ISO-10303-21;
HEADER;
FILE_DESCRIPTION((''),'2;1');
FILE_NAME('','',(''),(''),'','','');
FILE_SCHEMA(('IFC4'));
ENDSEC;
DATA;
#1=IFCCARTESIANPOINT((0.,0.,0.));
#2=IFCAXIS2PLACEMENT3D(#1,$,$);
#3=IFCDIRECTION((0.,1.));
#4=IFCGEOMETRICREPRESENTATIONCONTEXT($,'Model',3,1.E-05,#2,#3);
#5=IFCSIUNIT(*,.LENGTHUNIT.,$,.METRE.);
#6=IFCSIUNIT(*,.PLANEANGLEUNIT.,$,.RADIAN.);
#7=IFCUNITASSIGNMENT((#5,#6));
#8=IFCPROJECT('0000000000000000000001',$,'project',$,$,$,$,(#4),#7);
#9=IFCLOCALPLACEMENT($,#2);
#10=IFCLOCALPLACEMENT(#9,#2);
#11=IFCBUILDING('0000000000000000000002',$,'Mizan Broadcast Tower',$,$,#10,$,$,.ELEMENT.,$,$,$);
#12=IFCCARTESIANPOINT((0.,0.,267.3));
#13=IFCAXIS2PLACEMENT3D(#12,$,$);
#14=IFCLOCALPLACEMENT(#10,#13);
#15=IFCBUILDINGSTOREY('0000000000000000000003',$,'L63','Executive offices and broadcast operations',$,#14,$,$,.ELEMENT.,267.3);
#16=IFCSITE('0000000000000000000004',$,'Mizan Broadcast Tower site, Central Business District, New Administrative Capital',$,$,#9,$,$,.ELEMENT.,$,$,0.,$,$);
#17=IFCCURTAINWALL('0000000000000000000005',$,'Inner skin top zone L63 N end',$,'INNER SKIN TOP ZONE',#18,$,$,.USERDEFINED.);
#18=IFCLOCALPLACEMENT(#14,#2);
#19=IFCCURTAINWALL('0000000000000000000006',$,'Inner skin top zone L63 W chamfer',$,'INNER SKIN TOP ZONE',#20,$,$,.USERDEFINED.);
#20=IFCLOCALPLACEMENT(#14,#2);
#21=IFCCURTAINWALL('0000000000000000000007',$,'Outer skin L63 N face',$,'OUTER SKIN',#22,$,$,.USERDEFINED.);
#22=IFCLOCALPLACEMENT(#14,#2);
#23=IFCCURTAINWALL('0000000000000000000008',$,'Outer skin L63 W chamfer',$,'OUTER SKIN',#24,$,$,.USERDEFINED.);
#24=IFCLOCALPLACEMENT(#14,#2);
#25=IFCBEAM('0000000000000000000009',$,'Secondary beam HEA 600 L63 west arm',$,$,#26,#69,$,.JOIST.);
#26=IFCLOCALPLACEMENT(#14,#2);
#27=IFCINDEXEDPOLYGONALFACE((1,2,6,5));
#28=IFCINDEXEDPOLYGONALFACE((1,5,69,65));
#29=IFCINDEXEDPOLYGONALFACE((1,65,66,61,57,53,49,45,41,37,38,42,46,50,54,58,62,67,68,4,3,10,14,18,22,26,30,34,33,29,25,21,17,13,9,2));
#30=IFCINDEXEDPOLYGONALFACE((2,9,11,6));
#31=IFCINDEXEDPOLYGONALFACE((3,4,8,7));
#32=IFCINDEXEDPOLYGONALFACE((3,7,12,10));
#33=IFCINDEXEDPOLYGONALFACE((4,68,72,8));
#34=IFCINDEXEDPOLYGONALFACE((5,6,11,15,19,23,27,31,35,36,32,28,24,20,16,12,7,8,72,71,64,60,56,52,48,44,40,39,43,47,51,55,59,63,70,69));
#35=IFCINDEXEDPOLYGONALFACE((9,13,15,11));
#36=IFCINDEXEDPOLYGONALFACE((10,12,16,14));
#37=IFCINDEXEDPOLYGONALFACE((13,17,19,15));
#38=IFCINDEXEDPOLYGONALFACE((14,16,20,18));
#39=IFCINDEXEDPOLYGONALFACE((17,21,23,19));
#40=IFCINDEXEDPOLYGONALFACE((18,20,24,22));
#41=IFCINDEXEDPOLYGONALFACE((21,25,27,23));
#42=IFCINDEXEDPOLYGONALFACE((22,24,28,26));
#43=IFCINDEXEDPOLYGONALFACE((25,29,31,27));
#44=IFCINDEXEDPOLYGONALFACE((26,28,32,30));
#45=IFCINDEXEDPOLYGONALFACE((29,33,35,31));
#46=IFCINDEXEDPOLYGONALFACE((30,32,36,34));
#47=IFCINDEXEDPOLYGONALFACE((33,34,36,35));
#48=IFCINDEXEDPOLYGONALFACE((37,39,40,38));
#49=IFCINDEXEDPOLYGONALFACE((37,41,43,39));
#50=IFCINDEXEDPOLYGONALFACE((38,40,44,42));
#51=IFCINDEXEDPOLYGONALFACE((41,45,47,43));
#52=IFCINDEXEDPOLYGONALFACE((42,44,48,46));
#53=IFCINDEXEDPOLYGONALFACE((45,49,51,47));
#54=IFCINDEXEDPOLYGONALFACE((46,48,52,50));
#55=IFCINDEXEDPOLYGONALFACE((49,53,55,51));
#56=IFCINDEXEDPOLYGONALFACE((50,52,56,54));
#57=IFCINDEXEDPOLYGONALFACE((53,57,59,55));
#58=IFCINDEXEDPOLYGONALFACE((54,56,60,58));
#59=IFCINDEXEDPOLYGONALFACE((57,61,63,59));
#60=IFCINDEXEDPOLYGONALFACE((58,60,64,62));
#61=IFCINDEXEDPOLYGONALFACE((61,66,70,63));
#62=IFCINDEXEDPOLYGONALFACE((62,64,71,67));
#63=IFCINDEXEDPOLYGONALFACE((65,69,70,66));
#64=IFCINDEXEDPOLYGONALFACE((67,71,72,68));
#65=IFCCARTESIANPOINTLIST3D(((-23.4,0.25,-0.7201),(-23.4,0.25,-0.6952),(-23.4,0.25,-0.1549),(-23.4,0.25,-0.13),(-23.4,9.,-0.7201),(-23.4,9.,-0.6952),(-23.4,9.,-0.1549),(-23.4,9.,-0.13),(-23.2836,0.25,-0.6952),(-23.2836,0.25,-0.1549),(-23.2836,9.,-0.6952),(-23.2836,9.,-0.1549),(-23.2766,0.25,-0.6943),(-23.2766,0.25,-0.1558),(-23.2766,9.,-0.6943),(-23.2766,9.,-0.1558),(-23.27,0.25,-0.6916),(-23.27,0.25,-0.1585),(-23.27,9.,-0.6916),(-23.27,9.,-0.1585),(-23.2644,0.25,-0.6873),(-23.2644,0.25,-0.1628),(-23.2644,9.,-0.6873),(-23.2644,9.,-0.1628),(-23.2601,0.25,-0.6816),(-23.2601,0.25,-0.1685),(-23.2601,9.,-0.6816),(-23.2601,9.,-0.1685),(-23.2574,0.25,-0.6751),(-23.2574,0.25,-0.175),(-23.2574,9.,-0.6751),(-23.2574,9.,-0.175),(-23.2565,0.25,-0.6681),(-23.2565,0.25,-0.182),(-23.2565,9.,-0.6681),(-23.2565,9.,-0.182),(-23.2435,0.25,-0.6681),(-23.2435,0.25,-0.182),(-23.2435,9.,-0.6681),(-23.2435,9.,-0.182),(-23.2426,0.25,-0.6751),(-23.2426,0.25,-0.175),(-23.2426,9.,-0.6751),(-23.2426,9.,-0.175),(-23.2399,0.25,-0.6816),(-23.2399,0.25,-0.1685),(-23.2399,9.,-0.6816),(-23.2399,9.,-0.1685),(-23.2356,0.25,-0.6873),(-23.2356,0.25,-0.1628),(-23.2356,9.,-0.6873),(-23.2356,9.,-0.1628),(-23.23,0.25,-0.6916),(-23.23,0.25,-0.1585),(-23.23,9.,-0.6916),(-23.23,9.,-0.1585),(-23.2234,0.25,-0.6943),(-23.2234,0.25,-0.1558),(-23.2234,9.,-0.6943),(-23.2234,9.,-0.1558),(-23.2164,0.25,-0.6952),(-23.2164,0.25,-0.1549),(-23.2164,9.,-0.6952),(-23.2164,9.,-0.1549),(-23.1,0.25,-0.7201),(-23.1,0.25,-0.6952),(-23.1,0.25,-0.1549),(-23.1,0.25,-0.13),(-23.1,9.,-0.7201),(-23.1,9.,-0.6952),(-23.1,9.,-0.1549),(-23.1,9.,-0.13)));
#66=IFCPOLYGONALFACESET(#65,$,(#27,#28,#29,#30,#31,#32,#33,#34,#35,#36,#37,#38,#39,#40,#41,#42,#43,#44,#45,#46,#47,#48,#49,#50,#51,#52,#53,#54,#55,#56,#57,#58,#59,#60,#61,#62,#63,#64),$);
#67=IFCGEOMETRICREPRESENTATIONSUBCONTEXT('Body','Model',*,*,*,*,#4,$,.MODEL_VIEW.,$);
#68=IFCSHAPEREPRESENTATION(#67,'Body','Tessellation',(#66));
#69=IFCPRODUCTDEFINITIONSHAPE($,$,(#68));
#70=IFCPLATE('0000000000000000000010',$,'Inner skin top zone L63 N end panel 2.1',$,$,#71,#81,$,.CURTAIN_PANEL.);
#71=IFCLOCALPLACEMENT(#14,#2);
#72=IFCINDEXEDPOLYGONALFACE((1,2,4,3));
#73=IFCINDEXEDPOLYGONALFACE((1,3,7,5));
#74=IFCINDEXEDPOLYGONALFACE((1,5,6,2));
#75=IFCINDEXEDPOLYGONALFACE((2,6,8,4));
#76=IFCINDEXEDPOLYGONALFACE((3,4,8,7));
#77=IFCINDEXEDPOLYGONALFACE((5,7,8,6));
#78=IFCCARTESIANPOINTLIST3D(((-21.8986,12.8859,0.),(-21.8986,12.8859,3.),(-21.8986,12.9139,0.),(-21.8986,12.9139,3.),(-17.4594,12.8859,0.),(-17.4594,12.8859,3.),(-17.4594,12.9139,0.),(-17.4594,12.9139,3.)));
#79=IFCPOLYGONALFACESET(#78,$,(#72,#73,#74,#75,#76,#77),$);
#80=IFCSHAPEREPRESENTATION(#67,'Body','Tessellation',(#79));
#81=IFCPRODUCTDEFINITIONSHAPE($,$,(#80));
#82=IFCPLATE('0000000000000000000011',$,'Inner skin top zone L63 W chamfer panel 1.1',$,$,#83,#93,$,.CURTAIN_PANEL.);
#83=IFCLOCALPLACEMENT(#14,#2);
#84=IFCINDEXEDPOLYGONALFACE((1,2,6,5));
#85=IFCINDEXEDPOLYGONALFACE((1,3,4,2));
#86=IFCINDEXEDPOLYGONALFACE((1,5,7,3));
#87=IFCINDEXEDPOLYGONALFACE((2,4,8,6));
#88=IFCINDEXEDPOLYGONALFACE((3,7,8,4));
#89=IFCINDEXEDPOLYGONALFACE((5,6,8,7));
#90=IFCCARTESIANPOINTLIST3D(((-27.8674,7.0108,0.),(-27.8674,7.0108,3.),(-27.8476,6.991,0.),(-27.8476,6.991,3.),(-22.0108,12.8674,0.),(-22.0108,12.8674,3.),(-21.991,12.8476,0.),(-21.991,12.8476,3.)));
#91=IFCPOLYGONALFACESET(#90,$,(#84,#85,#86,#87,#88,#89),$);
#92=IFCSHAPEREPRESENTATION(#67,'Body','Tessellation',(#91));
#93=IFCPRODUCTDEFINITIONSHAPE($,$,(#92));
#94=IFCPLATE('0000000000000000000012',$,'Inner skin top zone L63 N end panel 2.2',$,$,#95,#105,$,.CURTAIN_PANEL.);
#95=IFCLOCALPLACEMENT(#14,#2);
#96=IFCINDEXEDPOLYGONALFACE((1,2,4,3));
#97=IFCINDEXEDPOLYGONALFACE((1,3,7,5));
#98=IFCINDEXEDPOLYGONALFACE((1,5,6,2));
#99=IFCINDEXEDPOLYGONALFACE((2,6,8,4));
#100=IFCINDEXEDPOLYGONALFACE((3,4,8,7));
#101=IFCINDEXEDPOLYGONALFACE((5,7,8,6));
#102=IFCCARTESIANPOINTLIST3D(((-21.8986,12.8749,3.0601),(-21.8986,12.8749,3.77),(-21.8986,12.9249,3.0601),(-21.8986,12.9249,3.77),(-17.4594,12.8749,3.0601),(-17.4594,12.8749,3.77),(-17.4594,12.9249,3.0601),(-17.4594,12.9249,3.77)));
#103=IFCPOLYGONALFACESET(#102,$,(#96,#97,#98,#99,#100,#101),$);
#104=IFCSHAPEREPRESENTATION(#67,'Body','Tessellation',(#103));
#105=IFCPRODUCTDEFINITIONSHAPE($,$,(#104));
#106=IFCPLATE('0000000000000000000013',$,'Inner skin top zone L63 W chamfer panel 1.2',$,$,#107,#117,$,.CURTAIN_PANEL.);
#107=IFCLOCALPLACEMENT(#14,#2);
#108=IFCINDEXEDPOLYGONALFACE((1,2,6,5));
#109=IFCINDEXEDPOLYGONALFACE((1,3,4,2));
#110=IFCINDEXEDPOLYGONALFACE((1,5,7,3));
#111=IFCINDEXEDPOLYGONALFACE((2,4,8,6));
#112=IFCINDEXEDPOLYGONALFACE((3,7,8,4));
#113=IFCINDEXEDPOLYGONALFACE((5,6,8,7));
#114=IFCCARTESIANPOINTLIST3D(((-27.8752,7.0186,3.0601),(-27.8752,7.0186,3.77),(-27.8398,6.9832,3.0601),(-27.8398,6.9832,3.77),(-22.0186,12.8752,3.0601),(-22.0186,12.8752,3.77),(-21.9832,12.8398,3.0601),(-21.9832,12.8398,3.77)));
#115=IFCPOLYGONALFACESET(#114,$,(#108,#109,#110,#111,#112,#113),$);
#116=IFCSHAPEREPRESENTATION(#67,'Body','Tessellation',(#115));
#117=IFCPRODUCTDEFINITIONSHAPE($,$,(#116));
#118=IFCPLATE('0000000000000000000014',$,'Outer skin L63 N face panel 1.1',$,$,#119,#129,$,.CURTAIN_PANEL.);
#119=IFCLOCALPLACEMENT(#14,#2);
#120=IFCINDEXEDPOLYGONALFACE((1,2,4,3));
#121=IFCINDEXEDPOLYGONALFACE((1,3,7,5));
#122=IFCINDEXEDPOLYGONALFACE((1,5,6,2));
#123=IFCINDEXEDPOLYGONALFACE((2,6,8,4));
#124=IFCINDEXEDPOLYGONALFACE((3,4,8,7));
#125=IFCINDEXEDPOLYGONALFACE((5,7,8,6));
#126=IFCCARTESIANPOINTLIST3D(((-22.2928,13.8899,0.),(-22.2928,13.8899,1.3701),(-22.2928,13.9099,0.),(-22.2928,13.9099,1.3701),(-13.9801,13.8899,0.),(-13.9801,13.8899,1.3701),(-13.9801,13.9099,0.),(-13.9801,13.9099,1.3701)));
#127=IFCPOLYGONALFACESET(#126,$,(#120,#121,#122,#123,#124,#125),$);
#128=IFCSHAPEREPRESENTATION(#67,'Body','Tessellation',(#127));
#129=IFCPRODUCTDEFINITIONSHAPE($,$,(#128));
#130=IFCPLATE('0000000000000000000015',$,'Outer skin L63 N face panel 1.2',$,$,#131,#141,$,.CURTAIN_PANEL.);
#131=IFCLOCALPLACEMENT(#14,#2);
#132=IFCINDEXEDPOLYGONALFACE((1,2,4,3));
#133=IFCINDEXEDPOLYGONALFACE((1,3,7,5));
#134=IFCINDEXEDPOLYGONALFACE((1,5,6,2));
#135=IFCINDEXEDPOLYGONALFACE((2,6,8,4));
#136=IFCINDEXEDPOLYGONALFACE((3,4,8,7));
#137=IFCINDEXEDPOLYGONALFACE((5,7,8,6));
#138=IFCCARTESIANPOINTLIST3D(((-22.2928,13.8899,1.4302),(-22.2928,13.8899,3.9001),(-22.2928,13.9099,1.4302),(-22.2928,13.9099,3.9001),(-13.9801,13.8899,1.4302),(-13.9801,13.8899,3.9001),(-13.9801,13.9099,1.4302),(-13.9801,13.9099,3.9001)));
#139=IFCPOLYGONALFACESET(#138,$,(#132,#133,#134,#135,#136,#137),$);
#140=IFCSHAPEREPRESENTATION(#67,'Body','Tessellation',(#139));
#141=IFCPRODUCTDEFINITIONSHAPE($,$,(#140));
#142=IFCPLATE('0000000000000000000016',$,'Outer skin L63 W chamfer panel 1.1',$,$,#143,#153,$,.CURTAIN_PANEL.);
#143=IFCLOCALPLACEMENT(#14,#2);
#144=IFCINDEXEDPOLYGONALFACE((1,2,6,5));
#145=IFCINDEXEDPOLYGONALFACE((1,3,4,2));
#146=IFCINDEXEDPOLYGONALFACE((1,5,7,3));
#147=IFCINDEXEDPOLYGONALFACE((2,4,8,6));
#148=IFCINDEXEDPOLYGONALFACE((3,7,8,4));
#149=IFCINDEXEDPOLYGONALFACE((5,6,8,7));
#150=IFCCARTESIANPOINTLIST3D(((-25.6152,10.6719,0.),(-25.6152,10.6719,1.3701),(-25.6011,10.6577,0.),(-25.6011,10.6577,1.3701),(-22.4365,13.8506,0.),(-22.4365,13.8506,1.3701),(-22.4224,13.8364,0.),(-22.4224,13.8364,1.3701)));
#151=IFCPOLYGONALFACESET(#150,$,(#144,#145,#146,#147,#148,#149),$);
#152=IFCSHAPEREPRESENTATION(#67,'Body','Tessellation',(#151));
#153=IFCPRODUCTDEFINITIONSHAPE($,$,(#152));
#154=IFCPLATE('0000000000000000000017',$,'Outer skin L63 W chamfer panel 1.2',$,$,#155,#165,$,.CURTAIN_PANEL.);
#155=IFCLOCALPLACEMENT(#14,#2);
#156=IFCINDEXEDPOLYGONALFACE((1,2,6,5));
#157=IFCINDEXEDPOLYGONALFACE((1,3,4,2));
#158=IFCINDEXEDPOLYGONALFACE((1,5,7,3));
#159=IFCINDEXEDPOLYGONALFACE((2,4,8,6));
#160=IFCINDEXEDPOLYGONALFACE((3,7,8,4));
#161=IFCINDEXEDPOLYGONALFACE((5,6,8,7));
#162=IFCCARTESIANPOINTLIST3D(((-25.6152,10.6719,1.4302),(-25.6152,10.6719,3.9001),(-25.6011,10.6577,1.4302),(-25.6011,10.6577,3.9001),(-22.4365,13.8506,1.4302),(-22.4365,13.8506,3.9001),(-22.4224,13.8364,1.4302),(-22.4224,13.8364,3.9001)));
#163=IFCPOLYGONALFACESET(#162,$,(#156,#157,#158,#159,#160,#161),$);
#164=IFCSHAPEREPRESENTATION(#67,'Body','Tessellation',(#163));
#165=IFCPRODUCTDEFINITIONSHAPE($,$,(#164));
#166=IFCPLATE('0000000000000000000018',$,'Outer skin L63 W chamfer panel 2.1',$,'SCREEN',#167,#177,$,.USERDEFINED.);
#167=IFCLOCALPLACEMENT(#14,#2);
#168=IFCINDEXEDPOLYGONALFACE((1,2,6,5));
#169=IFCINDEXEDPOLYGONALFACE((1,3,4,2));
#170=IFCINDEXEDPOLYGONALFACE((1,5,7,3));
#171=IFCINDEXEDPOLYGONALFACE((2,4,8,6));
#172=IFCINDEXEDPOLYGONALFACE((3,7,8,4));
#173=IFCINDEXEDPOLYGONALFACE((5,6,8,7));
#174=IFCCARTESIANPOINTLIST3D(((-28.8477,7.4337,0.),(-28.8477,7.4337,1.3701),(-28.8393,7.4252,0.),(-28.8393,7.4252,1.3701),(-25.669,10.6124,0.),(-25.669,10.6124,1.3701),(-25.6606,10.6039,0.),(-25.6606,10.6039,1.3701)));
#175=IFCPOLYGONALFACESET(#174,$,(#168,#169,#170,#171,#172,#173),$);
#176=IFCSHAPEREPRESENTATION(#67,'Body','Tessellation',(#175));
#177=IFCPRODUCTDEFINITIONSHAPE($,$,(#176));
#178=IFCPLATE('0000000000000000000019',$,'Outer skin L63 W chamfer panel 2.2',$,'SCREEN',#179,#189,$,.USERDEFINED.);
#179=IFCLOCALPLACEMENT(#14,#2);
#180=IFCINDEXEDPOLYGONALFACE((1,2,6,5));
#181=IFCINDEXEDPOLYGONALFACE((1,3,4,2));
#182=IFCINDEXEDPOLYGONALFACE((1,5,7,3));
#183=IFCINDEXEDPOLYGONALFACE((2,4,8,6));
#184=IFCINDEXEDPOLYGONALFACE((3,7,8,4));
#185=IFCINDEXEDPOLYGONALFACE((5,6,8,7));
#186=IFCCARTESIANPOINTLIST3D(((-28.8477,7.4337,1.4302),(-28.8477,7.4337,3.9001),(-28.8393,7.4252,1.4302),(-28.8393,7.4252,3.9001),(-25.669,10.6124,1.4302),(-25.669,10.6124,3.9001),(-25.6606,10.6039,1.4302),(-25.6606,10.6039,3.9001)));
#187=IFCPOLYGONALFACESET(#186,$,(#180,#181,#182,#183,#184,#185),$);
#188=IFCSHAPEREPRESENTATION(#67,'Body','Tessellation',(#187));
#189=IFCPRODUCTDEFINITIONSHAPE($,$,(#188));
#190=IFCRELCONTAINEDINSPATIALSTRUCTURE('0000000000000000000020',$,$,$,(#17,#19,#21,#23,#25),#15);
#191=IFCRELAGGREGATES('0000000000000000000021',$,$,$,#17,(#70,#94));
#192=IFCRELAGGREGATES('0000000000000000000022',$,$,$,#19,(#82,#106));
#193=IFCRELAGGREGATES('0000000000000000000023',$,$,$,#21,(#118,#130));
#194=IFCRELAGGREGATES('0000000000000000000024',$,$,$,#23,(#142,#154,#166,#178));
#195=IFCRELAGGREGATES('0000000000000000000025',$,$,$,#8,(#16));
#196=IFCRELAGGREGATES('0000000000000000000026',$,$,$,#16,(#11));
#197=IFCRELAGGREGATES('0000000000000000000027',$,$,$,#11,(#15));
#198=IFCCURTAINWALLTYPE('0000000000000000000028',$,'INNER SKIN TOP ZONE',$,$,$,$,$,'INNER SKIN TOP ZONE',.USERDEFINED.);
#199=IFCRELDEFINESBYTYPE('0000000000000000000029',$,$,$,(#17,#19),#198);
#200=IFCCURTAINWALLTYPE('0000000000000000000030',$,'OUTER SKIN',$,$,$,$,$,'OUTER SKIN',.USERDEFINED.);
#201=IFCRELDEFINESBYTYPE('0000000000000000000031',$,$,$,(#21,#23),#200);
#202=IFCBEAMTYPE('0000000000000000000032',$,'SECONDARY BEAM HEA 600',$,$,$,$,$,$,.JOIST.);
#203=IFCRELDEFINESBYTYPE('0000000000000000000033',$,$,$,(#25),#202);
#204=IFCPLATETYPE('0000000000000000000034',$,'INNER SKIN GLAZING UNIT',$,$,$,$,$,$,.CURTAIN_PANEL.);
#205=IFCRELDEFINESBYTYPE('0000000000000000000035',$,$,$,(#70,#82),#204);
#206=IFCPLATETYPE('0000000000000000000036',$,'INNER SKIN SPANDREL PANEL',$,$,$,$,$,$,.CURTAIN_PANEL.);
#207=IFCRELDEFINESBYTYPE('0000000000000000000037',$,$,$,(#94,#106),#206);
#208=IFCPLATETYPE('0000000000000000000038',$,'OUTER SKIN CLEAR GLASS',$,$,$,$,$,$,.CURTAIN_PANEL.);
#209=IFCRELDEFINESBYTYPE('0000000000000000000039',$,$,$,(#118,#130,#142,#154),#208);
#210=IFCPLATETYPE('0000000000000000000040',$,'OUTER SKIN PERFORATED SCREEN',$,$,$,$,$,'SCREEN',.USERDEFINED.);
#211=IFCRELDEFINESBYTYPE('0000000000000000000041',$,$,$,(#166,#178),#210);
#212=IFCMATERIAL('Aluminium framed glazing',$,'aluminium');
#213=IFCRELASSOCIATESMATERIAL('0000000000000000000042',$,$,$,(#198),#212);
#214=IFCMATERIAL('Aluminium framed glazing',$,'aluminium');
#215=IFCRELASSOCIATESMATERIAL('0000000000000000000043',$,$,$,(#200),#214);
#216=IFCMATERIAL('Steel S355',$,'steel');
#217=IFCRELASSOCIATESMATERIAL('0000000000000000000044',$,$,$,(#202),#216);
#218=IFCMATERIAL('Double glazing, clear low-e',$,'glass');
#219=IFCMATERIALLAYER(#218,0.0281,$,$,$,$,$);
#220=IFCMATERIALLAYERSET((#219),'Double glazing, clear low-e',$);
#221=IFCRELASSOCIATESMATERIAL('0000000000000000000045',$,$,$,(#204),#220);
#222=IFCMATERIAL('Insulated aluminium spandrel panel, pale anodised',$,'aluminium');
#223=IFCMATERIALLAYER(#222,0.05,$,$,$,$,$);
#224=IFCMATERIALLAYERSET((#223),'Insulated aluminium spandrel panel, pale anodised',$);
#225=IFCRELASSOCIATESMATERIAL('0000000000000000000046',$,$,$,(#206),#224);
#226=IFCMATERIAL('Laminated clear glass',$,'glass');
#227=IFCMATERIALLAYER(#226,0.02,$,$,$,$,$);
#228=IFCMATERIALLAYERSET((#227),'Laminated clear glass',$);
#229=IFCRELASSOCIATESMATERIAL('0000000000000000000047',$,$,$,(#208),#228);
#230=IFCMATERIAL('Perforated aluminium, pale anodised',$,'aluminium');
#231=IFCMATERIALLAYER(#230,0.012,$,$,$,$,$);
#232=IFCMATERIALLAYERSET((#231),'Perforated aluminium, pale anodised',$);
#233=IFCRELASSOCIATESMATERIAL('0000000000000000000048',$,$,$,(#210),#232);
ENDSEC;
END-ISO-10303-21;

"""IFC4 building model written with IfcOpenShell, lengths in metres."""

from ifc_helpers import new_model, si_unit, direction, frame, origin, origin_2d, place, context, subcontext, project, spatial, rectangle, i_section, extrude, material, layer, layer_set, material_profile, profile_set, type_object, element, aggregate, save


model = new_model("IFC4")

# Units and contexts
model_context = context("Model", 3, precision=1e-05, world=origin(), true_north=direction((0.0, 1.0)))
body_context = subcontext(model_context, "Body", "Model", "MODEL_VIEW")
ifc_project = project(units=[si_unit("LENGTHUNIT", "METRE"), si_unit("PLANEANGLEUNIT", "RADIAN")], contexts=[model_context])

# Site, building, storey
site_placement = place(None, origin())
site = spatial("IfcSite", under=ifc_project, at=site_placement, Name="Mizan Broadcast Tower site, Central Business District, New Administrative Capital", CompositionType="ELEMENT", RefElevation=0.0)
building_placement = place(site_placement, origin())
building = spatial("IfcBuilding", under=site, at=building_placement, Name="Mizan Broadcast Tower", CompositionType="ELEMENT")
storey_placement = place(building_placement, frame((0.0, 0.0, 267.3)))
storey = spatial("IfcBuildingStorey", under=building, at=storey_placement, Name="L63", Description="Executive offices and broadcast operations", CompositionType="ELEMENT", Elevation=267.3)

# Curtain walls
ifc_material_1 = material(Name="Aluminium framed glazing", Category="aluminium")
curtain_wall_type_1 = type_object("IfcCurtainWallType", Name="INNER SKIN TOP ZONE", ElementType="INNER SKIN TOP ZONE", PredefinedType="USERDEFINED", material=ifc_material_1)
curtain_wall_1_placement = place(storey_placement, origin())
curtain_wall_1 = element("IfcCurtainWall", 1, at=curtain_wall_1_placement, inside=storey, type_object=curtain_wall_type_1, Name="Inner skin top zone L63 N end", ObjectType="INNER SKIN TOP ZONE", PredefinedType="USERDEFINED")
curtain_wall_2_placement = place(storey_placement, origin())
curtain_wall_2 = element("IfcCurtainWall", 2, at=curtain_wall_2_placement, inside=storey, type_object=curtain_wall_type_1, Name="Inner skin top zone L63 W chamfer", ObjectType="INNER SKIN TOP ZONE", PredefinedType="USERDEFINED")
ifc_material_2 = material(Name="Aluminium framed glazing", Category="aluminium")
curtain_wall_type_2 = type_object("IfcCurtainWallType", Name="OUTER SKIN", ElementType="OUTER SKIN", PredefinedType="USERDEFINED", material=ifc_material_2)
curtain_wall_3_placement = place(storey_placement, origin())
curtain_wall_3 = element("IfcCurtainWall", 3, at=curtain_wall_3_placement, inside=storey, type_object=curtain_wall_type_2, Name="Outer skin L63 N face", ObjectType="OUTER SKIN", PredefinedType="USERDEFINED")

# Curtain wall
curtain_wall_4_placement = place(storey_placement, origin())
curtain_wall_4 = element("IfcCurtainWall", 4, at=curtain_wall_4_placement, inside=storey, type_object=curtain_wall_type_2, Name="Outer skin L63 W chamfer", ObjectType="OUTER SKIN", PredefinedType="USERDEFINED")

# Beam
ifc_material_3 = material(Name="Steel S355", Category="steel")
ifc_material_profile_1 = material_profile(ifc_material_3, i_section(OverallWidth=0.3, OverallDepth=0.5901, WebThickness=0.0129, FlangeThickness=0.0249, FilletRadius=0.0271, at=origin_2d()), Name="HEA 600")
ifc_profile_set_1 = profile_set([ifc_material_profile_1], Name="Steel S355")
beam_type_1 = type_object("IfcBeamType", Name="SECONDARY BEAM HEA 600", PredefinedType="JOIST", material=ifc_profile_set_1)
beam_1_placement = place(storey_placement, frame((-23.25, 9.0, -0.425), z_axis=(0.0, -1.0, 0.0), x_axis=(1.0, 0.0, 0.0)))
element("IfcBeam", 5, at=beam_1_placement, inside=storey, type_object=beam_type_1, Name="Secondary beam HEA 600 L63 west arm", PredefinedType="JOIST", context=body_context, shape_type="SweptSolid", body=[
    extrude(i_section(OverallWidth=0.3, OverallDepth=0.5901, WebThickness=0.0129, FlangeThickness=0.0249, FilletRadius=0.0271, at=origin_2d()), origin(), (0.0, 0.0, 1.0), 8.75),
])

# Plates
ifc_material_4 = material(Name="Double glazing, clear low-e", Category="glass")
ifc_layer_1 = layer(ifc_material_4, 0.0281)
ifc_layer_set_1 = layer_set([ifc_layer_1], Name="Double glazing, clear low-e")
plate_type_1 = type_object("IfcPlateType", Name="INNER SKIN GLAZING UNIT", PredefinedType="CURTAIN_PANEL", material=ifc_layer_set_1)
plate_1_placement = place(storey_placement, frame((-19.679, 12.8999, 0.0), z_axis=(0.0, 0.0, 1.0), x_axis=(-1.0, 0.0, 0.0)))
plate_1 = element("IfcPlate", 6, at=plate_1_placement, type_object=plate_type_1, Name="Inner skin top zone L63 N end panel 2.1", PredefinedType="CURTAIN_PANEL", context=body_context, shape_type="SweptSolid", body=[
    extrude(rectangle(XDim=4.4392, YDim=0.0281, at=origin_2d()), origin(), (0.0, 0.0, 1.0), 3.0),
])
plate_2_placement = place(storey_placement, frame((-24.9292, 9.9292, 0.0), z_axis=(0.0, 0.0, 1.0), x_axis=(-0.707107, -0.707107, 0.0)))
plate_2 = element("IfcPlate", 7, at=plate_2_placement, type_object=plate_type_1, Name="Inner skin top zone L63 W chamfer panel 1.1", PredefinedType="CURTAIN_PANEL", context=body_context, shape_type="SweptSolid", body=[
    extrude(rectangle(XDim=8.2825, YDim=0.0281, at=origin_2d()), origin(), (0.0, 0.0, 1.0), 3.0),
])
ifc_material_5 = material(Name="Insulated aluminium spandrel panel, pale anodised", Category="aluminium")
ifc_layer_2 = layer(ifc_material_5, 0.05)
ifc_layer_set_2 = layer_set([ifc_layer_2], Name="Insulated aluminium spandrel panel, pale anodised")
plate_type_2 = type_object("IfcPlateType", Name="INNER SKIN SPANDREL PANEL", PredefinedType="CURTAIN_PANEL", material=ifc_layer_set_2)
plate_3_placement = place(storey_placement, frame((-19.679, 12.8999, 3.0601), z_axis=(0.0, 0.0, 1.0), x_axis=(-1.0, 0.0, 0.0)))
plate_3 = element("IfcPlate", 8, at=plate_3_placement, type_object=plate_type_2, Name="Inner skin top zone L63 N end panel 2.2", PredefinedType="CURTAIN_PANEL", context=body_context, shape_type="SweptSolid", body=[
    extrude(rectangle(XDim=4.4392, YDim=0.05, at=origin_2d()), origin(), (0.0, 0.0, 1.0), 0.71),
])
aggregate(curtain_wall_1, [plate_1, plate_3])
plate_4_placement = place(storey_placement, frame((-24.9292, 9.9292, 3.0601), z_axis=(0.0, 0.0, 1.0), x_axis=(-0.707107, -0.707107, 0.0)))
plate_4 = element("IfcPlate", 9, at=plate_4_placement, type_object=plate_type_2, Name="Inner skin top zone L63 W chamfer panel 1.2", PredefinedType="CURTAIN_PANEL", context=body_context, shape_type="SweptSolid", body=[
    extrude(rectangle(XDim=8.2825, YDim=0.05, at=origin_2d()), origin(), (0.0, 0.0, 1.0), 0.71),
])
aggregate(curtain_wall_2, [plate_2, plate_4])
ifc_material_6 = material(Name="Laminated clear glass", Category="glass")
ifc_layer_3 = layer(ifc_material_6, 0.02)
ifc_layer_set_3 = layer_set([ifc_layer_3], Name="Laminated clear glass")
plate_type_3 = type_object("IfcPlateType", Name="OUTER SKIN CLEAR GLASS", PredefinedType="CURTAIN_PANEL", material=ifc_layer_set_3)
plate_5_placement = place(storey_placement, frame((-18.1365, 13.8999, 0.0), z_axis=(0.0, 0.0, 1.0), x_axis=(-1.0, 0.0, 0.0)))
plate_5 = element("IfcPlate", 10, at=plate_5_placement, type_object=plate_type_3, Name="Outer skin L63 N face panel 1.1", PredefinedType="CURTAIN_PANEL", context=body_context, shape_type="SweptSolid", body=[
    extrude(rectangle(XDim=8.3127, YDim=0.02, at=origin_2d()), origin(), (0.0, 0.0, 1.0), 1.3701),
])
plate_6_placement = place(storey_placement, frame((-18.1365, 13.8999, 1.4302), z_axis=(0.0, 0.0, 1.0), x_axis=(-1.0, 0.0, 0.0)))
plate_6 = element("IfcPlate", 11, at=plate_6_placement, type_object=plate_type_3, Name="Outer skin L63 N face panel 1.2", PredefinedType="CURTAIN_PANEL", context=body_context, shape_type="SweptSolid", body=[
    extrude(rectangle(XDim=8.3127, YDim=0.02, at=origin_2d()), origin(), (0.0, 0.0, 1.0), 2.47),
])
aggregate(curtain_wall_3, [plate_5, plate_6])
plate_7_placement = place(storey_placement, frame((-24.0188, 12.2542, 0.0), z_axis=(0.0, 0.0, 1.0), x_axis=(-0.707107, -0.707107, 0.0)))
plate_7 = element("IfcPlate", 12, at=plate_7_placement, type_object=plate_type_3, Name="Outer skin L63 W chamfer panel 1.1", PredefinedType="CURTAIN_PANEL", context=body_context, shape_type="SweptSolid", body=[
    extrude(rectangle(XDim=4.4954, YDim=0.02, at=origin_2d()), origin(), (0.0, 0.0, 1.0), 1.3701),
])
plate_8_placement = place(storey_placement, frame((-24.0188, 12.2542, 1.4302), z_axis=(0.0, 0.0, 1.0), x_axis=(-0.707107, -0.707107, 0.0)))
plate_8 = element("IfcPlate", 13, at=plate_8_placement, type_object=plate_type_3, Name="Outer skin L63 W chamfer panel 1.2", PredefinedType="CURTAIN_PANEL", context=body_context, shape_type="SweptSolid", body=[
    extrude(rectangle(XDim=4.4954, YDim=0.02, at=origin_2d()), origin(), (0.0, 0.0, 1.0), 2.47),
])
ifc_material_7 = material(Name="Perforated aluminium, pale anodised", Category="aluminium")
ifc_layer_4 = layer(ifc_material_7, 0.012)
ifc_layer_set_4 = layer_set([ifc_layer_4], Name="Perforated aluminium, pale anodised")
plate_type_4 = type_object("IfcPlateType", Name="OUTER SKIN PERFORATED SCREEN", ElementType="SCREEN", PredefinedType="USERDEFINED", material=ifc_layer_set_4)
plate_9_placement = place(storey_placement, frame((-27.2542, 9.0188, 0.0), z_axis=(0.0, 0.0, 1.0), x_axis=(-0.707107, -0.707107, 0.0)))
plate_9 = element("IfcPlate", 14, at=plate_9_placement, type_object=plate_type_4, Name="Outer skin L63 W chamfer panel 2.1", ObjectType="SCREEN", PredefinedType="USERDEFINED", context=body_context, shape_type="SweptSolid", body=[
    extrude(rectangle(XDim=4.4954, YDim=0.012, at=origin_2d()), origin(), (0.0, 0.0, 1.0), 1.3701),
])
plate_10_placement = place(storey_placement, frame((-27.2542, 9.0188, 1.4302), z_axis=(0.0, 0.0, 1.0), x_axis=(-0.707107, -0.707107, 0.0)))
plate_10 = element("IfcPlate", 15, at=plate_10_placement, type_object=plate_type_4, Name="Outer skin L63 W chamfer panel 2.2", ObjectType="SCREEN", PredefinedType="USERDEFINED", context=body_context, shape_type="SweptSolid", body=[
    extrude(rectangle(XDim=4.4954, YDim=0.012, at=origin_2d()), origin(), (0.0, 0.0, 1.0), 2.47),
])
aggregate(curtain_wall_4, [plate_7, plate_8, plate_9, plate_10])

save(model, "model.ifc")
